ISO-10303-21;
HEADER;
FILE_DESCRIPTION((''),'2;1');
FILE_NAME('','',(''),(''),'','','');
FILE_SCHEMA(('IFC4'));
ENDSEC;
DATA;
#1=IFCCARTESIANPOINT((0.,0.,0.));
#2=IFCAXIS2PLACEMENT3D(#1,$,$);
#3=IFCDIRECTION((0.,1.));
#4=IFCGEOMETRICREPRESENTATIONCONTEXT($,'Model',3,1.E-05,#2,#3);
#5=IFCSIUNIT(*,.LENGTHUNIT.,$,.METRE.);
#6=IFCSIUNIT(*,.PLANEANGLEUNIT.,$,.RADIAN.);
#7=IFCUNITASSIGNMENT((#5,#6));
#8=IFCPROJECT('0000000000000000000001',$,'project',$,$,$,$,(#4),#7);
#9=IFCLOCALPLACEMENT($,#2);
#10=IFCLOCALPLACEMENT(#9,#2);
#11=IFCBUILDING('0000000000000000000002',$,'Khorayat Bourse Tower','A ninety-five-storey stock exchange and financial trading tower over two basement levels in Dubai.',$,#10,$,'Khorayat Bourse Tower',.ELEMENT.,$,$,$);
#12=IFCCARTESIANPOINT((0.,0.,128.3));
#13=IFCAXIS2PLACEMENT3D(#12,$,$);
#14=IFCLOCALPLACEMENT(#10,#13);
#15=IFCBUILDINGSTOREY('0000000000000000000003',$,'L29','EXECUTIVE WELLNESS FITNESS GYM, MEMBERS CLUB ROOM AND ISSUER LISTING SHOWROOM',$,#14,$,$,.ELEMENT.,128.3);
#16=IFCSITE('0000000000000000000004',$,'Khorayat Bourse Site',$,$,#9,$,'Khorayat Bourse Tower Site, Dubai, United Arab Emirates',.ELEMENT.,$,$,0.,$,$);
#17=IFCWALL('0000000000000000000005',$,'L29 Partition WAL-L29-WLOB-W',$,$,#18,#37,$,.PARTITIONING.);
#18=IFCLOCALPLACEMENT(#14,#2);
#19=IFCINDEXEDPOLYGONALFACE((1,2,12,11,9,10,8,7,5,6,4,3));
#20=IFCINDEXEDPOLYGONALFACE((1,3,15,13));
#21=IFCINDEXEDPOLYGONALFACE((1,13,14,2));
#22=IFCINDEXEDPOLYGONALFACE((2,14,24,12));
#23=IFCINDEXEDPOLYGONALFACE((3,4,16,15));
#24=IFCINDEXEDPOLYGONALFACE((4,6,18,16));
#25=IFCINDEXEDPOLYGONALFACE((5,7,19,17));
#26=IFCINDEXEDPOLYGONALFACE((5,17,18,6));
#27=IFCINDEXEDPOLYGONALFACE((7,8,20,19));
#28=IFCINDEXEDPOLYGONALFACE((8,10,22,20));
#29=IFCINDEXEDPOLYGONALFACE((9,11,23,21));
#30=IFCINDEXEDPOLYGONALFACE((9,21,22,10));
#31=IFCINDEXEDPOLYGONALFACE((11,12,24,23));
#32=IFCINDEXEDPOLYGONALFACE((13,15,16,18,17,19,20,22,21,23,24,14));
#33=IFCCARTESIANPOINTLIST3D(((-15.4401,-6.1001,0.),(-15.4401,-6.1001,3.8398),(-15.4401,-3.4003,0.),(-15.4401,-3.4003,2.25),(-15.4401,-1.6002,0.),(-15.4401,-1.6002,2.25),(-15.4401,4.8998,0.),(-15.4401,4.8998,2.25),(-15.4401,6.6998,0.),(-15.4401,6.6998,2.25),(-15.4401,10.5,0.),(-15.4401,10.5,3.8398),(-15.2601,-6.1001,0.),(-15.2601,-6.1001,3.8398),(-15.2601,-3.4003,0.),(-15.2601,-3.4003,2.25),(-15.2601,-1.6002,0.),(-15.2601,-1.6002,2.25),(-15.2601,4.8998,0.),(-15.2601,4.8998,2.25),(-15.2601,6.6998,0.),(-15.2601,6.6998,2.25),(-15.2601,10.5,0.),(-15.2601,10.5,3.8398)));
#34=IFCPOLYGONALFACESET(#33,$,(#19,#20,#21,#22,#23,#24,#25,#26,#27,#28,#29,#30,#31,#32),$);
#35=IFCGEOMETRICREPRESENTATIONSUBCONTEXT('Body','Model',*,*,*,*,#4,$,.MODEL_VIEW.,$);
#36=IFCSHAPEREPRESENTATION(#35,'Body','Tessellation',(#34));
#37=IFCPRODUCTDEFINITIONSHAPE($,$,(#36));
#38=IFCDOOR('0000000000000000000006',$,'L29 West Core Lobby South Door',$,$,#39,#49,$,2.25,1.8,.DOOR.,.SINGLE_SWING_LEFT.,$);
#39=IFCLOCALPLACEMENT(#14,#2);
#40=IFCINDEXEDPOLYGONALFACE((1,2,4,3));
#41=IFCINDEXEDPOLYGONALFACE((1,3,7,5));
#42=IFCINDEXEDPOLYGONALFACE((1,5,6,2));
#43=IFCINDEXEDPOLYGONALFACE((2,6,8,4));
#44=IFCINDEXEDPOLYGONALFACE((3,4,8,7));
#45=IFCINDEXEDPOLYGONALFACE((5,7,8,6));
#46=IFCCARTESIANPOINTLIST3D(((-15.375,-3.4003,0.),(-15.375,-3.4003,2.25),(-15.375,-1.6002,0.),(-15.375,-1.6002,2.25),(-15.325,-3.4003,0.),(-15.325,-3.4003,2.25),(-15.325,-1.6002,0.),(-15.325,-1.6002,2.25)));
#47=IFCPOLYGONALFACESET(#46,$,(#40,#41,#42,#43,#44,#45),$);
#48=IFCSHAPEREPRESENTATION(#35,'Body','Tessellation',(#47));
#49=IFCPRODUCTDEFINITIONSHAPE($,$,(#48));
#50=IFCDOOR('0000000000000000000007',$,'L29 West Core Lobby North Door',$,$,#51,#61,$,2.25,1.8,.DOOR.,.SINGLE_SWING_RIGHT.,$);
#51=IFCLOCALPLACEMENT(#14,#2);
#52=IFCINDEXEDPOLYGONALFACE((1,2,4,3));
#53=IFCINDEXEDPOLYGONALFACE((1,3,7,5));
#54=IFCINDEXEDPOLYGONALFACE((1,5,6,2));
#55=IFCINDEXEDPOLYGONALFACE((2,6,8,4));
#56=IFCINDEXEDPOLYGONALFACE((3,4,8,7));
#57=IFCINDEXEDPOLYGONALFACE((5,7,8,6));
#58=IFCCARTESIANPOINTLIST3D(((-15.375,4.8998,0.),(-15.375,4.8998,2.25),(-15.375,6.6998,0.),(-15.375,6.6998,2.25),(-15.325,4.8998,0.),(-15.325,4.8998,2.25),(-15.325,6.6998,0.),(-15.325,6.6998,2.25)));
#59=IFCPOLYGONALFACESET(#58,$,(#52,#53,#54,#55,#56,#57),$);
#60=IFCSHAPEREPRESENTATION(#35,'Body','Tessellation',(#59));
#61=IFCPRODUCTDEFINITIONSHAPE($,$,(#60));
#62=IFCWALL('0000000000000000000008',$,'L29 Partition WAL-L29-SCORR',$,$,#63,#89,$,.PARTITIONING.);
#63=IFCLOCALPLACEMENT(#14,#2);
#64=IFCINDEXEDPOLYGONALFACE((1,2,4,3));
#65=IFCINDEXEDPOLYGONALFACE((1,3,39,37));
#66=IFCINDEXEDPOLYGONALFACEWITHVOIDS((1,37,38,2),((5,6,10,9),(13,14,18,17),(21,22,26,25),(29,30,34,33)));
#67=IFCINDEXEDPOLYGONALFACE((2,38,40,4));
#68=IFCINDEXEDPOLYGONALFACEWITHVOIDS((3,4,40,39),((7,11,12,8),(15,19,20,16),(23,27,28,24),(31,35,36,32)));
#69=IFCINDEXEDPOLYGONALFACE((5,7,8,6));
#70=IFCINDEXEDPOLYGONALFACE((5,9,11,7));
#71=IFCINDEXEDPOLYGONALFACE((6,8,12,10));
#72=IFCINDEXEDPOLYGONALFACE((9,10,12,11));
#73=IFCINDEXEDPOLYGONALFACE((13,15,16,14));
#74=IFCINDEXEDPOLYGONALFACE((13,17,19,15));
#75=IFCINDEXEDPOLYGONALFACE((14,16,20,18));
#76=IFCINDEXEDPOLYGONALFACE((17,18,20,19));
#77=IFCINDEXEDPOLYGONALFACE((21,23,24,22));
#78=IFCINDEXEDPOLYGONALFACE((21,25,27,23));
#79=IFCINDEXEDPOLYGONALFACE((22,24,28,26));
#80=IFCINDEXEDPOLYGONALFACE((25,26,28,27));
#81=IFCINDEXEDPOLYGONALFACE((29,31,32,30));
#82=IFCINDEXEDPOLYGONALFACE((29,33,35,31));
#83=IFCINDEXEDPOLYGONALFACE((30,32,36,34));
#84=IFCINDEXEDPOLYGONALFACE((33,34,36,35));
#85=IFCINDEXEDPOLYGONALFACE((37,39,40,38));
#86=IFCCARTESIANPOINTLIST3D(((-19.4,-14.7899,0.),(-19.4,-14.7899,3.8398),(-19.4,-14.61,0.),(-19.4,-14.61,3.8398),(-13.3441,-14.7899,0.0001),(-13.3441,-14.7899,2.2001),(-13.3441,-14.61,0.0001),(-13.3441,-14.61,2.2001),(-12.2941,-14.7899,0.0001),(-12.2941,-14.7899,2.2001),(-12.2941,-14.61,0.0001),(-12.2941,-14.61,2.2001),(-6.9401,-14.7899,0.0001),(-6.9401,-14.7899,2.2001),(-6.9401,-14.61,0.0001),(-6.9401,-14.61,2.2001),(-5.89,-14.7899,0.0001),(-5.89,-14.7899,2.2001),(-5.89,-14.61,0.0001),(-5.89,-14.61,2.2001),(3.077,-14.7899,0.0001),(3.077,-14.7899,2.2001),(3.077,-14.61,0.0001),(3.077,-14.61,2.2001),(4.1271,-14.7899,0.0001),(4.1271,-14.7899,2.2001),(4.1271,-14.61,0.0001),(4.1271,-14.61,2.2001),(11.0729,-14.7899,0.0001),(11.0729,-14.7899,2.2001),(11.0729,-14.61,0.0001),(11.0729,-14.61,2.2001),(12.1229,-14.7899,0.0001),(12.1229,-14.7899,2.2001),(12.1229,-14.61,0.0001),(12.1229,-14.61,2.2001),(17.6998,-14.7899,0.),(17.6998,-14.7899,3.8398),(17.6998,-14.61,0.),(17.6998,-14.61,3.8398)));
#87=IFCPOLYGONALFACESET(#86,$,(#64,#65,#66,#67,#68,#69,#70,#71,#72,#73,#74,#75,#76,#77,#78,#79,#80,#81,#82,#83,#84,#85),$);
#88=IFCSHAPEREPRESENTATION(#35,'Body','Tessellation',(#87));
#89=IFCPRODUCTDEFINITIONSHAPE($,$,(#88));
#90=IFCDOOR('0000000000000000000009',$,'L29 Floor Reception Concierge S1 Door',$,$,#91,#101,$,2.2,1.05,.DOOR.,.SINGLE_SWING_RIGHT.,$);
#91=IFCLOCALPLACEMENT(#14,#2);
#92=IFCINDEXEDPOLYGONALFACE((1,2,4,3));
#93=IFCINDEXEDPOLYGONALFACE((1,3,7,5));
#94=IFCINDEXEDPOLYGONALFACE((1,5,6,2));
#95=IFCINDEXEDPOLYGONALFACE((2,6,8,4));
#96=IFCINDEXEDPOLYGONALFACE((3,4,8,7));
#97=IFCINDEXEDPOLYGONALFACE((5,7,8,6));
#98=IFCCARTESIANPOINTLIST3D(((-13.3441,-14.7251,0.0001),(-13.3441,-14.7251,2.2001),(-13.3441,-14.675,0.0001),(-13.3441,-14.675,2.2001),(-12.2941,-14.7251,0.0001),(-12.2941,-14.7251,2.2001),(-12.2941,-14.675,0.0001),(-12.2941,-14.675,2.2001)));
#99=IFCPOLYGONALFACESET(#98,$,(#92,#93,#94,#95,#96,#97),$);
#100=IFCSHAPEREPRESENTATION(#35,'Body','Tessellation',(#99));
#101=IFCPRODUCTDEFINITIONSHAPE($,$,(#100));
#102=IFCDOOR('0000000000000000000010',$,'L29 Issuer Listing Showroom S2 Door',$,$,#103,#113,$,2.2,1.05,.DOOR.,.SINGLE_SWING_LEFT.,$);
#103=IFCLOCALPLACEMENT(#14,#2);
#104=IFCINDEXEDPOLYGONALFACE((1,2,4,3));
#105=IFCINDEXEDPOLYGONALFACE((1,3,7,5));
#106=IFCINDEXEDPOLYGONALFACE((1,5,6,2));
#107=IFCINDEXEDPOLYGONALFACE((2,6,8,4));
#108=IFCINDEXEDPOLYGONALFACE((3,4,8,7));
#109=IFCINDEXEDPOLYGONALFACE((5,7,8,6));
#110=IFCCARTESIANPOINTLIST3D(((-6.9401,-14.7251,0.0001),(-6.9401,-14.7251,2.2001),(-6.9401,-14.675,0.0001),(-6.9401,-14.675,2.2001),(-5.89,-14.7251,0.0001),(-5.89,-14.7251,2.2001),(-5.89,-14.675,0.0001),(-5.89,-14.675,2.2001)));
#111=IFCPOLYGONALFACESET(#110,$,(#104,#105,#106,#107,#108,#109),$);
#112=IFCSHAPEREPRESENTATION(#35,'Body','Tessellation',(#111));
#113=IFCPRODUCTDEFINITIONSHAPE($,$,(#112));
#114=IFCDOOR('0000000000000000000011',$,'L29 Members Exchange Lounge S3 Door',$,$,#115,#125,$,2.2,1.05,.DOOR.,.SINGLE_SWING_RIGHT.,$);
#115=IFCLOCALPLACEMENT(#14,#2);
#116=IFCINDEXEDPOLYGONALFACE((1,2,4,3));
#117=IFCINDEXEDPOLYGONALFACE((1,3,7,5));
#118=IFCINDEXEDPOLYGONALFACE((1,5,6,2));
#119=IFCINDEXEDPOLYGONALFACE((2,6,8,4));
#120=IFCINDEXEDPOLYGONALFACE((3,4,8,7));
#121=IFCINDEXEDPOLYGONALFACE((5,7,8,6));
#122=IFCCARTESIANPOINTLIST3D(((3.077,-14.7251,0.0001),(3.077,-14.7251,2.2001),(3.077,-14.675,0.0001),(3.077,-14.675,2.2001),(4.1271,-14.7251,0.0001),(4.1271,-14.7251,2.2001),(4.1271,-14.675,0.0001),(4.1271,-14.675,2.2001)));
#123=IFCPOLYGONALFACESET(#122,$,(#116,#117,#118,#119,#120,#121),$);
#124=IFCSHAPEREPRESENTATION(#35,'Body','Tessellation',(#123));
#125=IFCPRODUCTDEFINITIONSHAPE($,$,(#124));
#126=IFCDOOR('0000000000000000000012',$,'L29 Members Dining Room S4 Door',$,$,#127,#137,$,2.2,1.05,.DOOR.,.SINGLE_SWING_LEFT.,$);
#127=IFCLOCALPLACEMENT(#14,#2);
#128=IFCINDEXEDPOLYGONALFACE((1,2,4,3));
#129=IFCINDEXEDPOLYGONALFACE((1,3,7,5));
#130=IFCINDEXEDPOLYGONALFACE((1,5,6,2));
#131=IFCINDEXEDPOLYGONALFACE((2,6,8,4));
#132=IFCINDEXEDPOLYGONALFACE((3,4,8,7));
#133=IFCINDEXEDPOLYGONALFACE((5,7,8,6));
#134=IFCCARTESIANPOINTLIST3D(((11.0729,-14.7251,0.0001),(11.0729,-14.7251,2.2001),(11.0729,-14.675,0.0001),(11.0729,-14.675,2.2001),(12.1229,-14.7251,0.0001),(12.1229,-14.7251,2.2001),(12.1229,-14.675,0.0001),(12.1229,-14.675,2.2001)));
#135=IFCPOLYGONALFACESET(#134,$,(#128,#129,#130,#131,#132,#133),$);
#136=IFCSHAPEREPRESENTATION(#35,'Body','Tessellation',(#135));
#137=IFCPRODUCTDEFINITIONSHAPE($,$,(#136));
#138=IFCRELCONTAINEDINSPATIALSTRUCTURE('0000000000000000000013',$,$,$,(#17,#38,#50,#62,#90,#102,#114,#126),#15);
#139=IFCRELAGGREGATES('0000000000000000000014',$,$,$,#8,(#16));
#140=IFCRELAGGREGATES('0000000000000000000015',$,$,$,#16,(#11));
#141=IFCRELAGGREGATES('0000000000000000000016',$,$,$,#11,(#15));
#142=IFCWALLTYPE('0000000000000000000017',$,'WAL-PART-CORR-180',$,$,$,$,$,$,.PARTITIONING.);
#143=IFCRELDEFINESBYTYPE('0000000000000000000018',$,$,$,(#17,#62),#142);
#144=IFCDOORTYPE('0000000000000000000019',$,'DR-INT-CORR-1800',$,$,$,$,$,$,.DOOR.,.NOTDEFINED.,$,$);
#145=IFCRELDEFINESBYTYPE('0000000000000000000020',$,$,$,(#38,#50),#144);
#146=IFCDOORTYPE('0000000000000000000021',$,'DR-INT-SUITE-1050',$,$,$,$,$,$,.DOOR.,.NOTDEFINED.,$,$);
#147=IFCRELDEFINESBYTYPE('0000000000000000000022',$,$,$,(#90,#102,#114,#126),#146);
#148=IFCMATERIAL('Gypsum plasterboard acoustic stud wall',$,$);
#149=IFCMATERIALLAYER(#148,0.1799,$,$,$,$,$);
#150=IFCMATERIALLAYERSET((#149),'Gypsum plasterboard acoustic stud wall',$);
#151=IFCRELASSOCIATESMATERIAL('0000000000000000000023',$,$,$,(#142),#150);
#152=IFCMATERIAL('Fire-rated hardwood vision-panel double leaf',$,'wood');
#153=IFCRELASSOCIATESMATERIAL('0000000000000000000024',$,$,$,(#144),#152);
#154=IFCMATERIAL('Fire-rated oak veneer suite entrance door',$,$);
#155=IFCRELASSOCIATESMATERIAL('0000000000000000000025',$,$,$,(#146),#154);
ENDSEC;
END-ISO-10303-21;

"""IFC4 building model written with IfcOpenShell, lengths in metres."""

from ifc_helpers import new_model, si_unit, direction, frame, frame_2d, origin, place, context, subcontext, project, spatial, rectangle, extrude, source, transform, mapped, material, layer, layer_set, type_object, element, fill, save


model = new_model("IFC4")

# Units and contexts
model_context = context("Model", 3, precision=1e-05, world=origin(), true_north=direction((0.0, 1.0)))
body_context = subcontext(model_context, "Body", "Model", "MODEL_VIEW")
ifc_project = project(units=[si_unit("LENGTHUNIT", "METRE"), si_unit("PLANEANGLEUNIT", "RADIAN")], contexts=[model_context])

# Site, building, storey
site_placement = place(None, origin())
site = spatial("IfcSite", under=ifc_project, at=site_placement, Name="Khorayat Bourse Site", LongName="Khorayat Bourse Tower Site, Dubai, United Arab Emirates", CompositionType="ELEMENT", RefElevation=0.0)
building_placement = place(site_placement, origin())
building = spatial("IfcBuilding", under=site, at=building_placement, Name="Khorayat Bourse Tower", Description="A ninety-five-storey stock exchange and financial trading tower over two basement levels in Dubai.", LongName="Khorayat Bourse Tower", CompositionType="ELEMENT")
storey_placement = place(building_placement, frame((0.0, 0.0, 128.3)))
storey = spatial("IfcBuildingStorey", under=building, at=storey_placement, Name="L29", Description="EXECUTIVE WELLNESS FITNESS GYM, MEMBERS CLUB ROOM AND ISSUER LISTING SHOWROOM", CompositionType="ELEMENT", Elevation=128.3)

# Walls, openings, doors
ifc_material_1 = material(Name="Gypsum plasterboard acoustic stud wall")
ifc_layer_1 = layer(ifc_material_1, 0.1799)
ifc_layer_set_1 = layer_set([ifc_layer_1], Name="Gypsum plasterboard acoustic stud wall")
wall_type_1 = type_object("IfcWallType", Name="WAL-PART-CORR-180", PredefinedType="PARTITIONING", material=ifc_layer_set_1)
shared_shape_1 = source(origin(), body_context, "Body", "SweptSolid", [
    extrude(rectangle(XDim=16.6001, YDim=0.1799, at=frame_2d((8.3, 0.0))), origin(), (0.0, 0.0, 1.0), 3.8398),
])
wall_1_placement = place(storey_placement, frame((-15.3501, -6.1001, 0.0), z_axis=(0.0, 0.0, 1.0), x_axis=(0.0, 1.0, 0.0)))
wall_1 = element("IfcWall", 1, at=wall_1_placement, inside=storey, type_object=wall_type_1, Name="L29 Partition WAL-L29-WLOB-W", PredefinedType="PARTITIONING", context=body_context, shape_type="MappedRepresentation", body=[
    mapped(shared_shape_1, transform((0.0, 0.0, 0.0), scale=1.0)),
])
shared_shape_2 = source(origin(), body_context, "Body", "SweptSolid", [
    extrude(rectangle(XDim=1.8, YDim=2.25, at=frame_2d((0.8999, 1.125))), frame((0.0, 0.0999, 0.0), z_axis=(0.0, -1.0, 0.0), x_axis=(1.0, 0.0, 0.0)), (0.0, 0.0, 1.0), 0.2),
])
opening_1_placement = place(wall_1_placement, frame((2.7, 0.0, 0.0)))
opening_1 = element("IfcOpeningElement", 2, at=opening_1_placement, cuts=wall_1, PredefinedType="OPENING", context=body_context, shape_type="MappedRepresentation", body=[
    mapped(shared_shape_2, transform((0.0, 0.0, 0.0), scale=1.0)),
])
opening_2_placement = place(wall_1_placement, frame((11.0, 0.0, 0.0)))
opening_2 = element("IfcOpeningElement", 3, at=opening_2_placement, cuts=wall_1, PredefinedType="OPENING", context=body_context, shape_type="MappedRepresentation", body=[
    mapped(shared_shape_2, transform((0.0, 0.0, 0.0), scale=1.0)),
])
ifc_material_2 = material(Name="Fire-rated hardwood vision-panel double leaf", Category="wood")
door_type_1 = type_object("IfcDoorType", Name="DR-INT-CORR-1800", OperationType="NOTDEFINED", PredefinedType="DOOR", material=ifc_material_2)
shared_shape_3 = source(origin(), body_context, "Body", "SweptSolid", [
    extrude(rectangle(XDim=1.8, YDim=2.25, at=frame_2d((0.8999, 1.125))), frame((0.0, 0.0249, 0.0), z_axis=(0.0, -1.0, 0.0), x_axis=(1.0, 0.0, 0.0)), (0.0, 0.0, 1.0), 0.05),
])
door_1_placement = place(opening_1_placement, origin())
door_1 = element("IfcDoor", 4, at=door_1_placement, inside=storey, type_object=door_type_1, Name="L29 West Core Lobby South Door", OperationType="SINGLE_SWING_LEFT", OverallHeight=2.25, OverallWidth=1.8, PredefinedType="DOOR", context=body_context, shape_type="MappedRepresentation", body=[
    mapped(shared_shape_3, transform((0.0, 0.0, 0.0), scale=1.0)),
])
fill(opening_1, door_1)
door_2_placement = place(opening_2_placement, origin())
door_2 = element("IfcDoor", 5, at=door_2_placement, inside=storey, type_object=door_type_1, Name="L29 West Core Lobby North Door", OperationType="SINGLE_SWING_RIGHT", OverallHeight=2.25, OverallWidth=1.8, PredefinedType="DOOR", context=body_context, shape_type="MappedRepresentation", body=[
    mapped(shared_shape_3, transform((0.0, 0.0, 0.0), scale=1.0)),
])
fill(opening_2, door_2)
shared_shape_4 = source(origin(), body_context, "Body", "SweptSolid", [
    extrude(rectangle(XDim=37.0999, YDim=0.1799, at=frame_2d((18.5498, 0.0))), origin(), (0.0, 0.0, 1.0), 3.8398),
])
wall_2_placement = place(storey_placement, frame((-19.3999, -14.7, 0.0), z_axis=(0.0, 0.0, 1.0), x_axis=(1.0, 0.0, 0.0)))
wall_2 = element("IfcWall", 6, at=wall_2_placement, inside=storey, type_object=wall_type_1, Name="L29 Partition WAL-L29-SCORR", PredefinedType="PARTITIONING", context=body_context, shape_type="MappedRepresentation", body=[
    mapped(shared_shape_4, transform((0.0, 0.0, 0.0), scale=1.0)),
])
shared_shape_5 = source(origin(), body_context, "Body", "SweptSolid", [
    extrude(rectangle(XDim=1.05, YDim=2.2, at=frame_2d((0.5249, 1.1001))), frame((0.0, 0.0999, 0.0), z_axis=(0.0, -1.0, 0.0), x_axis=(1.0, 0.0, 0.0)), (0.0, 0.0, 1.0), 0.2),
])
opening_3_placement = place(wall_2_placement, frame((6.0559, 0.0, 0.0)))
opening_3 = element("IfcOpeningElement", 7, at=opening_3_placement, cuts=wall_2, PredefinedType="OPENING", context=body_context, shape_type="MappedRepresentation", body=[
    mapped(shared_shape_5, transform((0.0, 0.0, 0.0), scale=1.0)),
])
opening_4_placement = place(wall_2_placement, frame((12.46, 0.0, 0.0)))
opening_4 = element("IfcOpeningElement", 8, at=opening_4_placement, cuts=wall_2, PredefinedType="OPENING", context=body_context, shape_type="MappedRepresentation", body=[
    mapped(shared_shape_5, transform((0.0, 0.0, 0.0), scale=1.0)),
])
opening_5_placement = place(wall_2_placement, frame((22.4771, 0.0, 0.0)))
opening_5 = element("IfcOpeningElement", 9, at=opening_5_placement, cuts=wall_2, PredefinedType="OPENING", context=body_context, shape_type="MappedRepresentation", body=[
    mapped(shared_shape_5, transform((0.0, 0.0, 0.0), scale=1.0)),
])
opening_6_placement = place(wall_2_placement, frame((30.4729, 0.0, 0.0)))
opening_6 = element("IfcOpeningElement", 10, at=opening_6_placement, cuts=wall_2, PredefinedType="OPENING", context=body_context, shape_type="MappedRepresentation", body=[
    mapped(shared_shape_5, transform((0.0, 0.0, 0.0), scale=1.0)),
])
ifc_material_3 = material(Name="Fire-rated oak veneer suite entrance door")
door_type_2 = type_object("IfcDoorType", Name="DR-INT-SUITE-1050", OperationType="NOTDEFINED", PredefinedType="DOOR", material=ifc_material_3)
shared_shape_6 = source(origin(), body_context, "Body", "SweptSolid", [
    extrude(rectangle(XDim=1.05, YDim=2.2, at=frame_2d((0.5249, 1.1001))), frame((0.0, 0.0249, 0.0), z_axis=(0.0, -1.0, 0.0), x_axis=(1.0, 0.0, 0.0)), (0.0, 0.0, 1.0), 0.05),
])
door_3_placement = place(opening_3_placement, origin())
door_3 = element("IfcDoor", 11, at=door_3_placement, inside=storey, type_object=door_type_2, Name="L29 Floor Reception Concierge S1 Door", OperationType="SINGLE_SWING_RIGHT", OverallHeight=2.2, OverallWidth=1.05, PredefinedType="DOOR", context=body_context, shape_type="MappedRepresentation", body=[
    mapped(shared_shape_6, transform((0.0, 0.0, 0.0), scale=1.0)),
])
fill(opening_3, door_3)
door_4_placement = place(opening_4_placement, origin())
door_4 = element("IfcDoor", 12, at=door_4_placement, inside=storey, type_object=door_type_2, Name="L29 Issuer Listing Showroom S2 Door", OperationType="SINGLE_SWING_LEFT", OverallHeight=2.2, OverallWidth=1.05, PredefinedType="DOOR", context=body_context, shape_type="MappedRepresentation", body=[
    mapped(shared_shape_6, transform((0.0, 0.0, 0.0), scale=1.0)),
])
fill(opening_4, door_4)
door_5_placement = place(opening_5_placement, origin())
door_5 = element("IfcDoor", 13, at=door_5_placement, inside=storey, type_object=door_type_2, Name="L29 Members Exchange Lounge S3 Door", OperationType="SINGLE_SWING_RIGHT", OverallHeight=2.2, OverallWidth=1.05, PredefinedType="DOOR", context=body_context, shape_type="MappedRepresentation", body=[
    mapped(shared_shape_6, transform((0.0, 0.0, 0.0), scale=1.0)),
])
fill(opening_5, door_5)
door_6_placement = place(opening_6_placement, origin())
door_6 = element("IfcDoor", 14, at=door_6_placement, inside=storey, type_object=door_type_2, Name="L29 Members Dining Room S4 Door", OperationType="SINGLE_SWING_LEFT", OverallHeight=2.2, OverallWidth=1.05, PredefinedType="DOOR", context=body_context, shape_type="MappedRepresentation", body=[
    mapped(shared_shape_6, transform((0.0, 0.0, 0.0), scale=1.0)),
])
fill(opening_6, door_6)

save(model, "model.ifc")
